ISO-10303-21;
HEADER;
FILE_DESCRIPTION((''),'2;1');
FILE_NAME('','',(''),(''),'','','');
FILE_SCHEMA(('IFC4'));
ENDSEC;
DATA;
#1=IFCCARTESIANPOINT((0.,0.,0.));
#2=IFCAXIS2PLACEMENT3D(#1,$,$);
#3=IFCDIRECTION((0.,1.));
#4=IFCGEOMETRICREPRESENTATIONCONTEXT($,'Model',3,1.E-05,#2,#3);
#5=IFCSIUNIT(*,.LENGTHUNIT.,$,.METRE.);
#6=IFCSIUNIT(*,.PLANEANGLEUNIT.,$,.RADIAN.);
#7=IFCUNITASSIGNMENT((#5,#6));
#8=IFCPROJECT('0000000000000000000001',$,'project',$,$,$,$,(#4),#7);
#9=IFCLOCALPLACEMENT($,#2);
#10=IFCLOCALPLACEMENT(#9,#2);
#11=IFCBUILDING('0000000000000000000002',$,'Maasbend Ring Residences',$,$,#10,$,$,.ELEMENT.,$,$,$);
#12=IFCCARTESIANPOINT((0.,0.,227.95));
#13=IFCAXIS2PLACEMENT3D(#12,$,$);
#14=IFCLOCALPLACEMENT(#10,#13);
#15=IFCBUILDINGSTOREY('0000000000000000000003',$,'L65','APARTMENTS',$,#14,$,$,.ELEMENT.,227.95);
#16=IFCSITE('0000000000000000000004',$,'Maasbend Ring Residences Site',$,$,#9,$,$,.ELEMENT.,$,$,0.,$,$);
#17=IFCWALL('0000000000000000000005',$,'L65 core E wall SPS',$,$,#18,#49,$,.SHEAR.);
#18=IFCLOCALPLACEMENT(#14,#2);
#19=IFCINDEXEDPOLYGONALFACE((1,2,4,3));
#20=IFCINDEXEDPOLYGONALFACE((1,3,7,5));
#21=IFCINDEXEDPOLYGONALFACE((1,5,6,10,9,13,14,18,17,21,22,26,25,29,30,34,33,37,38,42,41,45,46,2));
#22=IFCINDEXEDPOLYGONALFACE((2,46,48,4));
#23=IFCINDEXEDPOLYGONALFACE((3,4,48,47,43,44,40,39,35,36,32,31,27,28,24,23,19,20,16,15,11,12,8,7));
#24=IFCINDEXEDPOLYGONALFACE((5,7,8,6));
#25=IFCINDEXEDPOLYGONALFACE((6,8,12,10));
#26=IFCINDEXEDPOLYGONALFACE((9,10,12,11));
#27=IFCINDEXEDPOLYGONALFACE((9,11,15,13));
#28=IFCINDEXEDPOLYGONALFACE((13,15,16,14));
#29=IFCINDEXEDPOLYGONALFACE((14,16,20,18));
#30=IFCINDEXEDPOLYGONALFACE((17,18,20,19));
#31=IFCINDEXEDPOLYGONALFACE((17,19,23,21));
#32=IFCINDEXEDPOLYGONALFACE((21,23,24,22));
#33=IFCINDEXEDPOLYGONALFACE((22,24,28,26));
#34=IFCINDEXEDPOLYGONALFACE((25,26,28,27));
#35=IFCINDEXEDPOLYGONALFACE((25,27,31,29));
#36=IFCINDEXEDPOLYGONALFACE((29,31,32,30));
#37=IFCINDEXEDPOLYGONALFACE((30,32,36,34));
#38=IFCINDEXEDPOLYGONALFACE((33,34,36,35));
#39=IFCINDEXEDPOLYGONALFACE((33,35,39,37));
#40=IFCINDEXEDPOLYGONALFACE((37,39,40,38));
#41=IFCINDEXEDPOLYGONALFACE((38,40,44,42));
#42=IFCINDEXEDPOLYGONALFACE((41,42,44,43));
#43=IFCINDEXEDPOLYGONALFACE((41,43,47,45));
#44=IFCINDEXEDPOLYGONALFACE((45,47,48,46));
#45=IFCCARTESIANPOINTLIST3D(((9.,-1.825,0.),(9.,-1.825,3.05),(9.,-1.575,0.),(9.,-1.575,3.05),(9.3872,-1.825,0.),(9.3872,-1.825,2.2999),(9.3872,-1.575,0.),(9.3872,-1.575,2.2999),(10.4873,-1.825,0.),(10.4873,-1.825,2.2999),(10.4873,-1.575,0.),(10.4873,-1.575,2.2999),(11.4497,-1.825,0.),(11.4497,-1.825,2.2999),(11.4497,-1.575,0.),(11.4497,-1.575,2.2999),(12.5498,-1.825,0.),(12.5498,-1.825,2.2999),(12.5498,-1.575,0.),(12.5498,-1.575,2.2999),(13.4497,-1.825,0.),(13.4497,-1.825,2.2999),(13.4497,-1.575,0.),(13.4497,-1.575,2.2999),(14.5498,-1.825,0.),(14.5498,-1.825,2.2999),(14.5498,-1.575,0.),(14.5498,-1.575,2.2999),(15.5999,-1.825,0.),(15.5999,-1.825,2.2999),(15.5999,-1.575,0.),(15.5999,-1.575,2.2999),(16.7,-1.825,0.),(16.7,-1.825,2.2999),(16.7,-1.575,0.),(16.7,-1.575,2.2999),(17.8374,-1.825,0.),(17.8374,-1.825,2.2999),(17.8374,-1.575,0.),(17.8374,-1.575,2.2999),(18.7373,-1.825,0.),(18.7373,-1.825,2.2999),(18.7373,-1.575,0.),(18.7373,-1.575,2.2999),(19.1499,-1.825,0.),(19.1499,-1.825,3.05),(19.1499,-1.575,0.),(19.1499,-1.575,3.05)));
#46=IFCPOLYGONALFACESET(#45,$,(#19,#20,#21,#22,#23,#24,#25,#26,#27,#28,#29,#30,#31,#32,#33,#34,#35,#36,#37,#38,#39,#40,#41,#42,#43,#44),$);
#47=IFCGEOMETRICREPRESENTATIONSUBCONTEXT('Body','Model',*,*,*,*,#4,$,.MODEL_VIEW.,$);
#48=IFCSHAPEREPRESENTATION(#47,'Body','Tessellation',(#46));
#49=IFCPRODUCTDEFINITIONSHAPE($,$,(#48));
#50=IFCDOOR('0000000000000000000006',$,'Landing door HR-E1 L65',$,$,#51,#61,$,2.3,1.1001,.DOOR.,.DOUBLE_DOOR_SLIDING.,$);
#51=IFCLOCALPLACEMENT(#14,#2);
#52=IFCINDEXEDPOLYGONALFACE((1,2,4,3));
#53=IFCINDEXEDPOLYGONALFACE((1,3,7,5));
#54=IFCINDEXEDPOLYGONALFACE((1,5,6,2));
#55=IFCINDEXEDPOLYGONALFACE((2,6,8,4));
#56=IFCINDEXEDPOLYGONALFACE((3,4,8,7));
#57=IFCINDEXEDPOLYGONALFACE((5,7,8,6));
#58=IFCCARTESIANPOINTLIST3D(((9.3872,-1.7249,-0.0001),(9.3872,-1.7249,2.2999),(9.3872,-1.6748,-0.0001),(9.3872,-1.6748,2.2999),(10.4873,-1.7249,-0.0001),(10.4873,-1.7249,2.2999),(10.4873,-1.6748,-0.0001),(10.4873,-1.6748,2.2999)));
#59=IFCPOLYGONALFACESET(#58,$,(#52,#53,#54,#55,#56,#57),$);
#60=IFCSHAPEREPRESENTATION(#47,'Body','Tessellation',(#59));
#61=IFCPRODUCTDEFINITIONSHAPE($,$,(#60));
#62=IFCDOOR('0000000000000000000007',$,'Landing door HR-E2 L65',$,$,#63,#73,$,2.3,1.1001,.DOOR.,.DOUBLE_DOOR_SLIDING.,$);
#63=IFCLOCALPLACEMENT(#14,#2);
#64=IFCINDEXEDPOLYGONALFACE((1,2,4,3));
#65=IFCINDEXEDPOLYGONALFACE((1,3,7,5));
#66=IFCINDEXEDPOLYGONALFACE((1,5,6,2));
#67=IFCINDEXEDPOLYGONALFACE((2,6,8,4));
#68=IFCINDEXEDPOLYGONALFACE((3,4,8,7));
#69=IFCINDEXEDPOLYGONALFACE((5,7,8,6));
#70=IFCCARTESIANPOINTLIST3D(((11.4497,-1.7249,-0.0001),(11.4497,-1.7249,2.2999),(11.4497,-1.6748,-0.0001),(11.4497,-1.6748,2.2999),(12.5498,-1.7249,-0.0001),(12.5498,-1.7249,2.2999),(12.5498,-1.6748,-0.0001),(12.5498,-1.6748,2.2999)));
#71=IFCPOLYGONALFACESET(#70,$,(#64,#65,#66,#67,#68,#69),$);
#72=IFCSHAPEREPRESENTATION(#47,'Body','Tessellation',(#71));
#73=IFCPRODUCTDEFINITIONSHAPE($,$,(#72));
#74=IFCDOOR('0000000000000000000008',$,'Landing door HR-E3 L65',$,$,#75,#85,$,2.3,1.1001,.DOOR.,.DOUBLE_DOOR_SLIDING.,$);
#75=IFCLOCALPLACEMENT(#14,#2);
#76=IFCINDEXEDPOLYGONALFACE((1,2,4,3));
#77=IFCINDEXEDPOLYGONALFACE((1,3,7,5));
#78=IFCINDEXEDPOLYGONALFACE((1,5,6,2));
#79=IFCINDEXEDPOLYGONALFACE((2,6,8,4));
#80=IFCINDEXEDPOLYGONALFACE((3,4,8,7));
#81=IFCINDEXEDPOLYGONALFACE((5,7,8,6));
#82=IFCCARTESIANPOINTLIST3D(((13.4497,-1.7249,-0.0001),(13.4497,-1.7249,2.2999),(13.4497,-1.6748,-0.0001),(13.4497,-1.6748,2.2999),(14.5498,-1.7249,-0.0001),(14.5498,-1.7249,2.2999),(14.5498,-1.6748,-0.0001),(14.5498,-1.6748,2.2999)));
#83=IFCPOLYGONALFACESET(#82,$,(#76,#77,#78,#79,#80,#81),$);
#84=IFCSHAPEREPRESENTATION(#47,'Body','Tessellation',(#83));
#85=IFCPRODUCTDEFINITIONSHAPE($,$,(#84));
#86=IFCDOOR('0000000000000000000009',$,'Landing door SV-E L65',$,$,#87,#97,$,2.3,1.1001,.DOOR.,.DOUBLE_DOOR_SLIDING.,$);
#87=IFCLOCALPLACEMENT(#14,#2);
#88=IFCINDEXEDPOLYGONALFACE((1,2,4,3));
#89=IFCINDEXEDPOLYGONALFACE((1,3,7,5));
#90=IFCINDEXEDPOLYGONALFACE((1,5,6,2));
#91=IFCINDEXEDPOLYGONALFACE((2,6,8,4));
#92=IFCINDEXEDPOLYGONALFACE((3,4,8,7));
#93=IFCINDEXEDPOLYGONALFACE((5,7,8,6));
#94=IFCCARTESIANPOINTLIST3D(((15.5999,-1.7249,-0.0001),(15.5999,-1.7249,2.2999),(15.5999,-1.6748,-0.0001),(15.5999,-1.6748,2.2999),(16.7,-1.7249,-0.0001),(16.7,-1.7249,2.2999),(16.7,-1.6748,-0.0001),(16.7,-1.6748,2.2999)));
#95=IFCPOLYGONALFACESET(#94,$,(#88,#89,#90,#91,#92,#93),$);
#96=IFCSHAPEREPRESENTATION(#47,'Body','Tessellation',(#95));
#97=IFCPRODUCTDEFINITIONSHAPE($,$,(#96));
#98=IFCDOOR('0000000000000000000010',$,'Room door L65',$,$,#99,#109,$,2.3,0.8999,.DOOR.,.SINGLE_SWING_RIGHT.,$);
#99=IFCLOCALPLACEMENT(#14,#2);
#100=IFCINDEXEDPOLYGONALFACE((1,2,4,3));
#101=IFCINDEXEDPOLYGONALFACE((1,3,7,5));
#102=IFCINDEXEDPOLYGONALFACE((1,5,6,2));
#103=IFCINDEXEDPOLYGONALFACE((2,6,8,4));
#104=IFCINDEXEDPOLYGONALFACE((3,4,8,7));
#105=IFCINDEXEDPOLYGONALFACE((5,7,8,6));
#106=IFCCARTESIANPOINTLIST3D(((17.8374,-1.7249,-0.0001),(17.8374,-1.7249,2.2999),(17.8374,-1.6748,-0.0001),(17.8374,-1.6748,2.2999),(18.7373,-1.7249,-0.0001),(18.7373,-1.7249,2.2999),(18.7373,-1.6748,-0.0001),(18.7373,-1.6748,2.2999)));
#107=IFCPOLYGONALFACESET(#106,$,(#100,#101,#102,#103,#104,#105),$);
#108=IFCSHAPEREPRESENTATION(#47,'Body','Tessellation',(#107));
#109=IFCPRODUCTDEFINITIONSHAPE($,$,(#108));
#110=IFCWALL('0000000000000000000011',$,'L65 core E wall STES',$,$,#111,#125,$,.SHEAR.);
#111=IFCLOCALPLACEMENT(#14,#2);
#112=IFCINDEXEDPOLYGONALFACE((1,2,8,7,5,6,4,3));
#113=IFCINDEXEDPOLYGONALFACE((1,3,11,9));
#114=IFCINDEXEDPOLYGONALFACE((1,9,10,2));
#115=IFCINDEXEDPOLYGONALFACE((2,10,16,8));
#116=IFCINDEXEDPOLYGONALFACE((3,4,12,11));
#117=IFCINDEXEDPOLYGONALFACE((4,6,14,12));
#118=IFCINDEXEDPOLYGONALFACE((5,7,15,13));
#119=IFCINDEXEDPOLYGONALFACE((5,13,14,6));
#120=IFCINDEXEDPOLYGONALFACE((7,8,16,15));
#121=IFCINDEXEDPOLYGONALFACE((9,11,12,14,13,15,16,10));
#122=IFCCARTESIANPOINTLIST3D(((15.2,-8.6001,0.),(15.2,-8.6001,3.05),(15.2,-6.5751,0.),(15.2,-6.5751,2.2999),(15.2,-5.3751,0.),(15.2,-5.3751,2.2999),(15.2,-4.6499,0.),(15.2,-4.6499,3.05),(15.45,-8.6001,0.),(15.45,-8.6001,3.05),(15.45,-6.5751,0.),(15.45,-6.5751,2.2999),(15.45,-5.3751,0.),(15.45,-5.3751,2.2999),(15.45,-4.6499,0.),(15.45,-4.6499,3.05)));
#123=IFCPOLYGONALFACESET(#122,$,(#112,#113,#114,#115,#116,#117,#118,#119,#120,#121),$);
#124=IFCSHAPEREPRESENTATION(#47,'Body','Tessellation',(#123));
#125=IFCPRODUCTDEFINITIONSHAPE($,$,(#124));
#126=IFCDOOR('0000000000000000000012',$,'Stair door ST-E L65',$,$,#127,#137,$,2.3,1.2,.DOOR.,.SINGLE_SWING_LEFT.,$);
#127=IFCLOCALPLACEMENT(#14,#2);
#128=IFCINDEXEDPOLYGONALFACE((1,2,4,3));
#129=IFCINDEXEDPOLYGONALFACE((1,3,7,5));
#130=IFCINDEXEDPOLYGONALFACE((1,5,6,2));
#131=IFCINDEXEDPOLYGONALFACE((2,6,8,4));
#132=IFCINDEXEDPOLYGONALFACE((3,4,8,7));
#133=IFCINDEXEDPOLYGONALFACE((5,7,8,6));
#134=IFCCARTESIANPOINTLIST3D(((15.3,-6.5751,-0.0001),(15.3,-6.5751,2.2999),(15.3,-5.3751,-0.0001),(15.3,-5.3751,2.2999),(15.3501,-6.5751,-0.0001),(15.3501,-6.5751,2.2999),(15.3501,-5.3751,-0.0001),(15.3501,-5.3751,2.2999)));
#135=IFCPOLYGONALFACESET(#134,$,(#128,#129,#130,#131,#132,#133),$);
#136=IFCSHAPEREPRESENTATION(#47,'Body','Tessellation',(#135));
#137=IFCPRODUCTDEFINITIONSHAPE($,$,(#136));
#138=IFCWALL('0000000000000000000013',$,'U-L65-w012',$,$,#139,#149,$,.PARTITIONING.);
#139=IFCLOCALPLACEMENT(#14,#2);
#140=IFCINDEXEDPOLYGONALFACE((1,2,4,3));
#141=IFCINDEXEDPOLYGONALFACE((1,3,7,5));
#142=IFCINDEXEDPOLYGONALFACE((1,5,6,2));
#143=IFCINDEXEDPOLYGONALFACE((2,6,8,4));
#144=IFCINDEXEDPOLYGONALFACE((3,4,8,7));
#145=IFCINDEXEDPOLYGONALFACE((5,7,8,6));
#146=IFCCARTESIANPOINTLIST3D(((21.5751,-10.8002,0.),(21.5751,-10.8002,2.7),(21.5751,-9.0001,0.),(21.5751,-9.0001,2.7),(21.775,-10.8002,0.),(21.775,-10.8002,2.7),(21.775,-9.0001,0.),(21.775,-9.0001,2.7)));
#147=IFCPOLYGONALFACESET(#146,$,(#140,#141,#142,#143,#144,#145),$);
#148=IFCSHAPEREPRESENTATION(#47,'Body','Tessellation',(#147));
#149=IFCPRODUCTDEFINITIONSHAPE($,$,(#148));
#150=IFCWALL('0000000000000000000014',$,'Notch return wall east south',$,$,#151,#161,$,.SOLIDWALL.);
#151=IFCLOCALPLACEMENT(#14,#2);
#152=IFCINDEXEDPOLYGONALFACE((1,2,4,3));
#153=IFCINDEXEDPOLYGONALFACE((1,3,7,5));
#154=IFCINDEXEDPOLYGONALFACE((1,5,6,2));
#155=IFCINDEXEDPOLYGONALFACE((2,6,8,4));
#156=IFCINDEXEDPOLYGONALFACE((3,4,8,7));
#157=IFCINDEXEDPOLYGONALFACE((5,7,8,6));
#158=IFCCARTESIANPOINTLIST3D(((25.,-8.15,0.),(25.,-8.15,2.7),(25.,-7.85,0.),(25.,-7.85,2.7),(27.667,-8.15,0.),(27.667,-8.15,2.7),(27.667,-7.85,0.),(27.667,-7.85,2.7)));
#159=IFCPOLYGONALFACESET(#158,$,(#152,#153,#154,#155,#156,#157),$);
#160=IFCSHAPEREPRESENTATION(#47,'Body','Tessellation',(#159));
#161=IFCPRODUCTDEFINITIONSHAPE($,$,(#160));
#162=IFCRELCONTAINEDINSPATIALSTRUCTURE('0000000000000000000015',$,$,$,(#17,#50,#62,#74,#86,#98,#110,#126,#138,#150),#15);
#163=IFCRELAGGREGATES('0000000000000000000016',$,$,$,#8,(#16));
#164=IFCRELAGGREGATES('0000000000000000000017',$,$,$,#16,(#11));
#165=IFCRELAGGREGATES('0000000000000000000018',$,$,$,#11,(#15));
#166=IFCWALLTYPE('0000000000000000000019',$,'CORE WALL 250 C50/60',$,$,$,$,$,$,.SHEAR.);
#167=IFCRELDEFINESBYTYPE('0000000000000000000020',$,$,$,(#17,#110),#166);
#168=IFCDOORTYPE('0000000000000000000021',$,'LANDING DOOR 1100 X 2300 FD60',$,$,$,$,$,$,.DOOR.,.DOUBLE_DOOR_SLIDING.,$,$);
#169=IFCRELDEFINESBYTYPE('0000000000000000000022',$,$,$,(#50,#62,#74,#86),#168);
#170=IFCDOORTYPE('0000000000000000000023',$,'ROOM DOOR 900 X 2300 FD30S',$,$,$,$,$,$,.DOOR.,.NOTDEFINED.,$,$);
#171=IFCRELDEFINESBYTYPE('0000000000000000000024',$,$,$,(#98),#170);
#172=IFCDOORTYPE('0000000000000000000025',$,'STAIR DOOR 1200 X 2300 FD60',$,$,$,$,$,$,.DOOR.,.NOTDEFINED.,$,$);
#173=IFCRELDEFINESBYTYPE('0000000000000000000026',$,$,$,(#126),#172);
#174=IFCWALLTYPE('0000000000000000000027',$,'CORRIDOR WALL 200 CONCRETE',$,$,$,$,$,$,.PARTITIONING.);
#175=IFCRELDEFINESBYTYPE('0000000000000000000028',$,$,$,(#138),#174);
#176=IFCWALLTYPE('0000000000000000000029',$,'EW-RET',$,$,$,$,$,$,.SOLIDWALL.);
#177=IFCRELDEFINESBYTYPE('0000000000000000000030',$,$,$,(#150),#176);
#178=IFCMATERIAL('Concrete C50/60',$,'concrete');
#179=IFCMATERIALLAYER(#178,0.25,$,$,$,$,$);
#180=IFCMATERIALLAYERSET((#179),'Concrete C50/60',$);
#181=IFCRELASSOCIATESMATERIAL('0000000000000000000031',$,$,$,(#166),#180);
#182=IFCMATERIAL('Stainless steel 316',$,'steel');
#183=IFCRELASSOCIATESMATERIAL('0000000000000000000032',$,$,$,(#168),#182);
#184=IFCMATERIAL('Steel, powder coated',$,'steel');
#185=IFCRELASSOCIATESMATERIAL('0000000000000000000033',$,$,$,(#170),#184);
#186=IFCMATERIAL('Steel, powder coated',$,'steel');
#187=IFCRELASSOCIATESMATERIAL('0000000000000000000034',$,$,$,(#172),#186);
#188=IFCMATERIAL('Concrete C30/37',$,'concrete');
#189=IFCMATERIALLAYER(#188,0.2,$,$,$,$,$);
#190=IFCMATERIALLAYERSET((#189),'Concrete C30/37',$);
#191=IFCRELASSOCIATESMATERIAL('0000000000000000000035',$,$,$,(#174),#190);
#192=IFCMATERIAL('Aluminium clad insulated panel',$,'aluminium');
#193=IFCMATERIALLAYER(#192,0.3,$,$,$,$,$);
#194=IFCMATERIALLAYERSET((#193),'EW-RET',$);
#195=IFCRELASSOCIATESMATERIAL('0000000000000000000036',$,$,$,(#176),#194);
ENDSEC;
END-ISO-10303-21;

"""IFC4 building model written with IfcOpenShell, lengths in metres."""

from ifc_helpers import new_model, si_unit, direction, frame, frame_2d, origin, place, context, subcontext, project, spatial, rectangle, extrude, material, layer, layer_set, type_object, element, fill, save


model = new_model("IFC4")

# Units and contexts
model_context = context("Model", 3, precision=1e-05, world=origin(), true_north=direction((0.0, 1.0)))
body_context = subcontext(model_context, "Body", "Model", "MODEL_VIEW")
ifc_project = project(units=[si_unit("LENGTHUNIT", "METRE"), si_unit("PLANEANGLEUNIT", "RADIAN")], contexts=[model_context])

# Site, building, storey
site_placement = place(None, origin())
site = spatial("IfcSite", under=ifc_project, at=site_placement, Name="Maasbend Ring Residences Site", CompositionType="ELEMENT", RefElevation=0.0)
building_placement = place(site_placement, origin())
building = spatial("IfcBuilding", under=site, at=building_placement, Name="Maasbend Ring Residences", CompositionType="ELEMENT")
storey_placement = place(building_placement, frame((0.0, 0.0, 227.95)))
storey = spatial("IfcBuildingStorey", under=building, at=storey_placement, Name="L65", Description="APARTMENTS", CompositionType="ELEMENT", Elevation=227.95)

# Wall, openings, doors
ifc_material_1 = material(Name="Concrete C50/60", Category="concrete")
ifc_layer_1 = layer(ifc_material_1, 0.25)
ifc_layer_set_1 = layer_set([ifc_layer_1], Name="Concrete C50/60")
wall_type_1 = type_object("IfcWallType", Name="CORE WALL 250 C50/60", PredefinedType="SHEAR", material=ifc_layer_set_1)
wall_1_placement = place(storey_placement, frame((19.1499, -1.7, 0.0), z_axis=(0.0, 0.0, 1.0), x_axis=(-1.0, 0.0, 0.0)))
wall_1 = element("IfcWall", 1, at=wall_1_placement, inside=storey, type_object=wall_type_1, Name="L65 core E wall SPS", PredefinedType="SHEAR", context=body_context, shape_type="SweptSolid", body=[
    extrude(rectangle(XDim=10.1499, YDim=0.25, at=frame_2d((5.075, 0.0))), origin(), (0.0, 0.0, 1.0), 3.05),
])
opening_1_placement = place(wall_1_placement, frame((8.6626, 0.0, 0.0)))
opening_1 = element("IfcOpeningElement", 2, at=opening_1_placement, cuts=wall_1, PredefinedType="OPENING", context=body_context, shape_type="SweptSolid", body=[
    extrude(rectangle(XDim=1.1001, YDim=2.3, at=frame_2d((0.55, 1.1499))), frame((0.0, 0.135, 0.0), z_axis=(0.0, -1.0, 0.0), x_axis=(1.0, 0.0, 0.0)), (0.0, 0.0, 1.0), 0.27),
])
opening_2_placement = place(wall_1_placement, frame((6.6001, 0.0, 0.0)))
opening_2 = element("IfcOpeningElement", 3, at=opening_2_placement, cuts=wall_1, PredefinedType="OPENING", context=body_context, shape_type="SweptSolid", body=[
    extrude(rectangle(XDim=1.1001, YDim=2.3, at=frame_2d((0.55, 1.1499))), frame((0.0, 0.135, 0.0), z_axis=(0.0, -1.0, 0.0), x_axis=(1.0, 0.0, 0.0)), (0.0, 0.0, 1.0), 0.27),
])
opening_3_placement = place(wall_1_placement, frame((4.6001, 0.0, 0.0)))
opening_3 = element("IfcOpeningElement", 4, at=opening_3_placement, cuts=wall_1, PredefinedType="OPENING", context=body_context, shape_type="SweptSolid", body=[
    extrude(rectangle(XDim=1.1001, YDim=2.3, at=frame_2d((0.55, 1.1499))), frame((0.0, 0.135, 0.0), z_axis=(0.0, -1.0, 0.0), x_axis=(1.0, 0.0, 0.0)), (0.0, 0.0, 1.0), 0.27),
])
opening_4_placement = place(wall_1_placement, frame((2.45, 0.0, 0.0)))
opening_4 = element("IfcOpeningElement", 5, at=opening_4_placement, cuts=wall_1, PredefinedType="OPENING", context=body_context, shape_type="SweptSolid", body=[
    extrude(rectangle(XDim=1.1001, YDim=2.3, at=frame_2d((0.55, 1.1499))), frame((0.0, 0.135, 0.0), z_axis=(0.0, -1.0, 0.0), x_axis=(1.0, 0.0, 0.0)), (0.0, 0.0, 1.0), 0.27),
])
opening_5_placement = place(wall_1_placement, frame((0.4126, 0.0, 0.0)))
opening_5 = element("IfcOpeningElement", 6, at=opening_5_placement, cuts=wall_1, PredefinedType="OPENING", context=body_context, shape_type="SweptSolid", body=[
    extrude(rectangle(XDim=0.8999, YDim=2.3, at=frame_2d((0.45, 1.1499))), frame((0.0, 0.135, 0.0), z_axis=(0.0, -1.0, 0.0), x_axis=(1.0, 0.0, 0.0)), (0.0, 0.0, 1.0), 0.27),
])
ifc_material_2 = material(Name="Stainless steel 316", Category="steel")
door_type_1 = type_object("IfcDoorType", Name="LANDING DOOR 1100 X 2300 FD60", OperationType="DOUBLE_DOOR_SLIDING", PredefinedType="DOOR", material=ifc_material_2)
door_1_placement = place(opening_1_placement, origin())
door_1 = element("IfcDoor", 7, at=door_1_placement, inside=storey, type_object=door_type_1, Name="Landing door HR-E1 L65", OperationType="DOUBLE_DOOR_SLIDING", OverallHeight=2.3, OverallWidth=1.1001, PredefinedType="DOOR", context=body_context, shape_type="SweptSolid", body=[
    extrude(rectangle(XDim=1.1001, YDim=2.3, at=frame_2d((0.55, 1.1499))), frame((0.0, 0.0249, 0.0), z_axis=(0.0, -1.0, 0.0), x_axis=(1.0, 0.0, 0.0)), (0.0, 0.0, 1.0), 0.05),
])
fill(opening_1, door_1)
door_2_placement = place(opening_2_placement, origin())
door_2 = element("IfcDoor", 8, at=door_2_placement, inside=storey, type_object=door_type_1, Name="Landing door HR-E2 L65", OperationType="DOUBLE_DOOR_SLIDING", OverallHeight=2.3, OverallWidth=1.1001, PredefinedType="DOOR", context=body_context, shape_type="SweptSolid", body=[
    extrude(rectangle(XDim=1.1001, YDim=2.3, at=frame_2d((0.55, 1.1499))), frame((0.0, 0.0249, 0.0), z_axis=(0.0, -1.0, 0.0), x_axis=(1.0, 0.0, 0.0)), (0.0, 0.0, 1.0), 0.05),
])
fill(opening_2, door_2)
door_3_placement = place(opening_3_placement, origin())
door_3 = element("IfcDoor", 9, at=door_3_placement, inside=storey, type_object=door_type_1, Name="Landing door HR-E3 L65", OperationType="DOUBLE_DOOR_SLIDING", OverallHeight=2.3, OverallWidth=1.1001, PredefinedType="DOOR", context=body_context, shape_type="SweptSolid", body=[
    extrude(rectangle(XDim=1.1001, YDim=2.3, at=frame_2d((0.55, 1.1499))), frame((0.0, 0.0249, 0.0), z_axis=(0.0, -1.0, 0.0), x_axis=(1.0, 0.0, 0.0)), (0.0, 0.0, 1.0), 0.05),
])
fill(opening_3, door_3)
door_4_placement = place(opening_4_placement, origin())
door_4 = element("IfcDoor", 10, at=door_4_placement, inside=storey, type_object=door_type_1, Name="Landing door SV-E L65", OperationType="DOUBLE_DOOR_SLIDING", OverallHeight=2.3, OverallWidth=1.1001, PredefinedType="DOOR", context=body_context, shape_type="SweptSolid", body=[
    extrude(rectangle(XDim=1.1001, YDim=2.3, at=frame_2d((0.55, 1.1499))), frame((0.0, 0.0249, 0.0), z_axis=(0.0, -1.0, 0.0), x_axis=(1.0, 0.0, 0.0)), (0.0, 0.0, 1.0), 0.05),
])
fill(opening_4, door_4)
ifc_material_3 = material(Name="Steel, powder coated", Category="steel")
door_type_2 = type_object("IfcDoorType", Name="ROOM DOOR 900 X 2300 FD30S", OperationType="NOTDEFINED", PredefinedType="DOOR", material=ifc_material_3)
door_5_placement = place(opening_5_placement, origin())
door_5 = element("IfcDoor", 11, at=door_5_placement, inside=storey, type_object=door_type_2, Name="Room door L65", OperationType="SINGLE_SWING_RIGHT", OverallHeight=2.3, OverallWidth=0.8999, PredefinedType="DOOR", context=body_context, shape_type="SweptSolid", body=[
    extrude(rectangle(XDim=0.8999, YDim=2.3, at=frame_2d((0.45, 1.1499))), frame((0.0, 0.0249, 0.0), z_axis=(0.0, -1.0, 0.0), x_axis=(1.0, 0.0, 0.0)), (0.0, 0.0, 1.0), 0.05),
])
fill(opening_5, door_5)

# Wall, opening, door
wall_2_placement = place(storey_placement, frame((15.325, -8.6001, 0.0), z_axis=(0.0, 0.0, 1.0), x_axis=(0.0, 1.0, 0.0)))
wall_2 = element("IfcWall", 12, at=wall_2_placement, inside=storey, type_object=wall_type_1, Name="L65 core E wall STES", PredefinedType="SHEAR", context=body_context, shape_type="SweptSolid", body=[
    extrude(rectangle(XDim=3.9502, YDim=0.25, at=frame_2d((1.9751, 0.0))), origin(), (0.0, 0.0, 1.0), 3.05),
])
opening_6_placement = place(wall_2_placement, frame((2.0249, 0.0, 0.0)))
opening_6 = element("IfcOpeningElement", 13, at=opening_6_placement, cuts=wall_2, PredefinedType="OPENING", context=body_context, shape_type="SweptSolid", body=[
    extrude(rectangle(XDim=1.2, YDim=2.3, at=frame_2d((0.6001, 1.1499))), frame((0.0, 0.135, 0.0), z_axis=(0.0, -1.0, 0.0), x_axis=(1.0, 0.0, 0.0)), (0.0, 0.0, 1.0), 0.27),
])
ifc_material_4 = material(Name="Steel, powder coated", Category="steel")
door_type_3 = type_object("IfcDoorType", Name="STAIR DOOR 1200 X 2300 FD60", OperationType="NOTDEFINED", PredefinedType="DOOR", material=ifc_material_4)
door_6_placement = place(opening_6_placement, origin())
door_6 = element("IfcDoor", 14, at=door_6_placement, inside=storey, type_object=door_type_3, Name="Stair door ST-E L65", OperationType="SINGLE_SWING_LEFT", OverallHeight=2.3, OverallWidth=1.2, PredefinedType="DOOR", context=body_context, shape_type="SweptSolid", body=[
    extrude(rectangle(XDim=1.2, YDim=2.3, at=frame_2d((0.6001, 1.1499))), frame((0.0, 0.0249, 0.0), z_axis=(0.0, -1.0, 0.0), x_axis=(1.0, 0.0, 0.0)), (0.0, 0.0, 1.0), 0.05),
])
fill(opening_6, door_6)

# Walls
ifc_material_5 = material(Name="Concrete C30/37", Category="concrete")
ifc_layer_2 = layer(ifc_material_5, 0.2)
ifc_layer_set_2 = layer_set([ifc_layer_2], Name="Concrete C30/37")
wall_type_2 = type_object("IfcWallType", Name="CORRIDOR WALL 200 CONCRETE", PredefinedType="PARTITIONING", material=ifc_layer_set_2)
wall_3_placement = place(storey_placement, frame((21.675, -10.8, 0.0), z_axis=(0.0, 0.0, 1.0), x_axis=(0.0, 1.0, 0.0)))
element("IfcWall", 15, at=wall_3_placement, inside=storey, type_object=wall_type_2, Name="U-L65-w012", PredefinedType="PARTITIONING", context=body_context, shape_type="SweptSolid", body=[
    extrude(rectangle(XDim=1.8, YDim=0.2, at=frame_2d((0.8999, 0.0))), origin(), (0.0, 0.0, 1.0), 2.7),
])
ifc_material_6 = material(Name="Aluminium clad insulated panel", Category="aluminium")
ifc_layer_3 = layer(ifc_material_6, 0.3)
ifc_layer_set_3 = layer_set([ifc_layer_3], Name="EW-RET")
wall_type_3 = type_object("IfcWallType", Name="EW-RET", PredefinedType="SOLIDWALL", material=ifc_layer_set_3)
wall_4_placement = place(storey_placement, frame((25.0, -8.0, 0.0), z_axis=(0.0, 0.0, 1.0), x_axis=(1.0, 0.0, 0.0)))
element("IfcWall", 16, at=wall_4_placement, inside=storey, type_object=wall_type_3, Name="Notch return wall east south", PredefinedType="SOLIDWALL", context=body_context, shape_type="SweptSolid", body=[
    extrude(rectangle(XDim=2.667, YDim=0.3, at=frame_2d((1.3335, 0.0))), origin(), (0.0, 0.0, 1.0), 2.7),
])

save(model, "model.ifc")
